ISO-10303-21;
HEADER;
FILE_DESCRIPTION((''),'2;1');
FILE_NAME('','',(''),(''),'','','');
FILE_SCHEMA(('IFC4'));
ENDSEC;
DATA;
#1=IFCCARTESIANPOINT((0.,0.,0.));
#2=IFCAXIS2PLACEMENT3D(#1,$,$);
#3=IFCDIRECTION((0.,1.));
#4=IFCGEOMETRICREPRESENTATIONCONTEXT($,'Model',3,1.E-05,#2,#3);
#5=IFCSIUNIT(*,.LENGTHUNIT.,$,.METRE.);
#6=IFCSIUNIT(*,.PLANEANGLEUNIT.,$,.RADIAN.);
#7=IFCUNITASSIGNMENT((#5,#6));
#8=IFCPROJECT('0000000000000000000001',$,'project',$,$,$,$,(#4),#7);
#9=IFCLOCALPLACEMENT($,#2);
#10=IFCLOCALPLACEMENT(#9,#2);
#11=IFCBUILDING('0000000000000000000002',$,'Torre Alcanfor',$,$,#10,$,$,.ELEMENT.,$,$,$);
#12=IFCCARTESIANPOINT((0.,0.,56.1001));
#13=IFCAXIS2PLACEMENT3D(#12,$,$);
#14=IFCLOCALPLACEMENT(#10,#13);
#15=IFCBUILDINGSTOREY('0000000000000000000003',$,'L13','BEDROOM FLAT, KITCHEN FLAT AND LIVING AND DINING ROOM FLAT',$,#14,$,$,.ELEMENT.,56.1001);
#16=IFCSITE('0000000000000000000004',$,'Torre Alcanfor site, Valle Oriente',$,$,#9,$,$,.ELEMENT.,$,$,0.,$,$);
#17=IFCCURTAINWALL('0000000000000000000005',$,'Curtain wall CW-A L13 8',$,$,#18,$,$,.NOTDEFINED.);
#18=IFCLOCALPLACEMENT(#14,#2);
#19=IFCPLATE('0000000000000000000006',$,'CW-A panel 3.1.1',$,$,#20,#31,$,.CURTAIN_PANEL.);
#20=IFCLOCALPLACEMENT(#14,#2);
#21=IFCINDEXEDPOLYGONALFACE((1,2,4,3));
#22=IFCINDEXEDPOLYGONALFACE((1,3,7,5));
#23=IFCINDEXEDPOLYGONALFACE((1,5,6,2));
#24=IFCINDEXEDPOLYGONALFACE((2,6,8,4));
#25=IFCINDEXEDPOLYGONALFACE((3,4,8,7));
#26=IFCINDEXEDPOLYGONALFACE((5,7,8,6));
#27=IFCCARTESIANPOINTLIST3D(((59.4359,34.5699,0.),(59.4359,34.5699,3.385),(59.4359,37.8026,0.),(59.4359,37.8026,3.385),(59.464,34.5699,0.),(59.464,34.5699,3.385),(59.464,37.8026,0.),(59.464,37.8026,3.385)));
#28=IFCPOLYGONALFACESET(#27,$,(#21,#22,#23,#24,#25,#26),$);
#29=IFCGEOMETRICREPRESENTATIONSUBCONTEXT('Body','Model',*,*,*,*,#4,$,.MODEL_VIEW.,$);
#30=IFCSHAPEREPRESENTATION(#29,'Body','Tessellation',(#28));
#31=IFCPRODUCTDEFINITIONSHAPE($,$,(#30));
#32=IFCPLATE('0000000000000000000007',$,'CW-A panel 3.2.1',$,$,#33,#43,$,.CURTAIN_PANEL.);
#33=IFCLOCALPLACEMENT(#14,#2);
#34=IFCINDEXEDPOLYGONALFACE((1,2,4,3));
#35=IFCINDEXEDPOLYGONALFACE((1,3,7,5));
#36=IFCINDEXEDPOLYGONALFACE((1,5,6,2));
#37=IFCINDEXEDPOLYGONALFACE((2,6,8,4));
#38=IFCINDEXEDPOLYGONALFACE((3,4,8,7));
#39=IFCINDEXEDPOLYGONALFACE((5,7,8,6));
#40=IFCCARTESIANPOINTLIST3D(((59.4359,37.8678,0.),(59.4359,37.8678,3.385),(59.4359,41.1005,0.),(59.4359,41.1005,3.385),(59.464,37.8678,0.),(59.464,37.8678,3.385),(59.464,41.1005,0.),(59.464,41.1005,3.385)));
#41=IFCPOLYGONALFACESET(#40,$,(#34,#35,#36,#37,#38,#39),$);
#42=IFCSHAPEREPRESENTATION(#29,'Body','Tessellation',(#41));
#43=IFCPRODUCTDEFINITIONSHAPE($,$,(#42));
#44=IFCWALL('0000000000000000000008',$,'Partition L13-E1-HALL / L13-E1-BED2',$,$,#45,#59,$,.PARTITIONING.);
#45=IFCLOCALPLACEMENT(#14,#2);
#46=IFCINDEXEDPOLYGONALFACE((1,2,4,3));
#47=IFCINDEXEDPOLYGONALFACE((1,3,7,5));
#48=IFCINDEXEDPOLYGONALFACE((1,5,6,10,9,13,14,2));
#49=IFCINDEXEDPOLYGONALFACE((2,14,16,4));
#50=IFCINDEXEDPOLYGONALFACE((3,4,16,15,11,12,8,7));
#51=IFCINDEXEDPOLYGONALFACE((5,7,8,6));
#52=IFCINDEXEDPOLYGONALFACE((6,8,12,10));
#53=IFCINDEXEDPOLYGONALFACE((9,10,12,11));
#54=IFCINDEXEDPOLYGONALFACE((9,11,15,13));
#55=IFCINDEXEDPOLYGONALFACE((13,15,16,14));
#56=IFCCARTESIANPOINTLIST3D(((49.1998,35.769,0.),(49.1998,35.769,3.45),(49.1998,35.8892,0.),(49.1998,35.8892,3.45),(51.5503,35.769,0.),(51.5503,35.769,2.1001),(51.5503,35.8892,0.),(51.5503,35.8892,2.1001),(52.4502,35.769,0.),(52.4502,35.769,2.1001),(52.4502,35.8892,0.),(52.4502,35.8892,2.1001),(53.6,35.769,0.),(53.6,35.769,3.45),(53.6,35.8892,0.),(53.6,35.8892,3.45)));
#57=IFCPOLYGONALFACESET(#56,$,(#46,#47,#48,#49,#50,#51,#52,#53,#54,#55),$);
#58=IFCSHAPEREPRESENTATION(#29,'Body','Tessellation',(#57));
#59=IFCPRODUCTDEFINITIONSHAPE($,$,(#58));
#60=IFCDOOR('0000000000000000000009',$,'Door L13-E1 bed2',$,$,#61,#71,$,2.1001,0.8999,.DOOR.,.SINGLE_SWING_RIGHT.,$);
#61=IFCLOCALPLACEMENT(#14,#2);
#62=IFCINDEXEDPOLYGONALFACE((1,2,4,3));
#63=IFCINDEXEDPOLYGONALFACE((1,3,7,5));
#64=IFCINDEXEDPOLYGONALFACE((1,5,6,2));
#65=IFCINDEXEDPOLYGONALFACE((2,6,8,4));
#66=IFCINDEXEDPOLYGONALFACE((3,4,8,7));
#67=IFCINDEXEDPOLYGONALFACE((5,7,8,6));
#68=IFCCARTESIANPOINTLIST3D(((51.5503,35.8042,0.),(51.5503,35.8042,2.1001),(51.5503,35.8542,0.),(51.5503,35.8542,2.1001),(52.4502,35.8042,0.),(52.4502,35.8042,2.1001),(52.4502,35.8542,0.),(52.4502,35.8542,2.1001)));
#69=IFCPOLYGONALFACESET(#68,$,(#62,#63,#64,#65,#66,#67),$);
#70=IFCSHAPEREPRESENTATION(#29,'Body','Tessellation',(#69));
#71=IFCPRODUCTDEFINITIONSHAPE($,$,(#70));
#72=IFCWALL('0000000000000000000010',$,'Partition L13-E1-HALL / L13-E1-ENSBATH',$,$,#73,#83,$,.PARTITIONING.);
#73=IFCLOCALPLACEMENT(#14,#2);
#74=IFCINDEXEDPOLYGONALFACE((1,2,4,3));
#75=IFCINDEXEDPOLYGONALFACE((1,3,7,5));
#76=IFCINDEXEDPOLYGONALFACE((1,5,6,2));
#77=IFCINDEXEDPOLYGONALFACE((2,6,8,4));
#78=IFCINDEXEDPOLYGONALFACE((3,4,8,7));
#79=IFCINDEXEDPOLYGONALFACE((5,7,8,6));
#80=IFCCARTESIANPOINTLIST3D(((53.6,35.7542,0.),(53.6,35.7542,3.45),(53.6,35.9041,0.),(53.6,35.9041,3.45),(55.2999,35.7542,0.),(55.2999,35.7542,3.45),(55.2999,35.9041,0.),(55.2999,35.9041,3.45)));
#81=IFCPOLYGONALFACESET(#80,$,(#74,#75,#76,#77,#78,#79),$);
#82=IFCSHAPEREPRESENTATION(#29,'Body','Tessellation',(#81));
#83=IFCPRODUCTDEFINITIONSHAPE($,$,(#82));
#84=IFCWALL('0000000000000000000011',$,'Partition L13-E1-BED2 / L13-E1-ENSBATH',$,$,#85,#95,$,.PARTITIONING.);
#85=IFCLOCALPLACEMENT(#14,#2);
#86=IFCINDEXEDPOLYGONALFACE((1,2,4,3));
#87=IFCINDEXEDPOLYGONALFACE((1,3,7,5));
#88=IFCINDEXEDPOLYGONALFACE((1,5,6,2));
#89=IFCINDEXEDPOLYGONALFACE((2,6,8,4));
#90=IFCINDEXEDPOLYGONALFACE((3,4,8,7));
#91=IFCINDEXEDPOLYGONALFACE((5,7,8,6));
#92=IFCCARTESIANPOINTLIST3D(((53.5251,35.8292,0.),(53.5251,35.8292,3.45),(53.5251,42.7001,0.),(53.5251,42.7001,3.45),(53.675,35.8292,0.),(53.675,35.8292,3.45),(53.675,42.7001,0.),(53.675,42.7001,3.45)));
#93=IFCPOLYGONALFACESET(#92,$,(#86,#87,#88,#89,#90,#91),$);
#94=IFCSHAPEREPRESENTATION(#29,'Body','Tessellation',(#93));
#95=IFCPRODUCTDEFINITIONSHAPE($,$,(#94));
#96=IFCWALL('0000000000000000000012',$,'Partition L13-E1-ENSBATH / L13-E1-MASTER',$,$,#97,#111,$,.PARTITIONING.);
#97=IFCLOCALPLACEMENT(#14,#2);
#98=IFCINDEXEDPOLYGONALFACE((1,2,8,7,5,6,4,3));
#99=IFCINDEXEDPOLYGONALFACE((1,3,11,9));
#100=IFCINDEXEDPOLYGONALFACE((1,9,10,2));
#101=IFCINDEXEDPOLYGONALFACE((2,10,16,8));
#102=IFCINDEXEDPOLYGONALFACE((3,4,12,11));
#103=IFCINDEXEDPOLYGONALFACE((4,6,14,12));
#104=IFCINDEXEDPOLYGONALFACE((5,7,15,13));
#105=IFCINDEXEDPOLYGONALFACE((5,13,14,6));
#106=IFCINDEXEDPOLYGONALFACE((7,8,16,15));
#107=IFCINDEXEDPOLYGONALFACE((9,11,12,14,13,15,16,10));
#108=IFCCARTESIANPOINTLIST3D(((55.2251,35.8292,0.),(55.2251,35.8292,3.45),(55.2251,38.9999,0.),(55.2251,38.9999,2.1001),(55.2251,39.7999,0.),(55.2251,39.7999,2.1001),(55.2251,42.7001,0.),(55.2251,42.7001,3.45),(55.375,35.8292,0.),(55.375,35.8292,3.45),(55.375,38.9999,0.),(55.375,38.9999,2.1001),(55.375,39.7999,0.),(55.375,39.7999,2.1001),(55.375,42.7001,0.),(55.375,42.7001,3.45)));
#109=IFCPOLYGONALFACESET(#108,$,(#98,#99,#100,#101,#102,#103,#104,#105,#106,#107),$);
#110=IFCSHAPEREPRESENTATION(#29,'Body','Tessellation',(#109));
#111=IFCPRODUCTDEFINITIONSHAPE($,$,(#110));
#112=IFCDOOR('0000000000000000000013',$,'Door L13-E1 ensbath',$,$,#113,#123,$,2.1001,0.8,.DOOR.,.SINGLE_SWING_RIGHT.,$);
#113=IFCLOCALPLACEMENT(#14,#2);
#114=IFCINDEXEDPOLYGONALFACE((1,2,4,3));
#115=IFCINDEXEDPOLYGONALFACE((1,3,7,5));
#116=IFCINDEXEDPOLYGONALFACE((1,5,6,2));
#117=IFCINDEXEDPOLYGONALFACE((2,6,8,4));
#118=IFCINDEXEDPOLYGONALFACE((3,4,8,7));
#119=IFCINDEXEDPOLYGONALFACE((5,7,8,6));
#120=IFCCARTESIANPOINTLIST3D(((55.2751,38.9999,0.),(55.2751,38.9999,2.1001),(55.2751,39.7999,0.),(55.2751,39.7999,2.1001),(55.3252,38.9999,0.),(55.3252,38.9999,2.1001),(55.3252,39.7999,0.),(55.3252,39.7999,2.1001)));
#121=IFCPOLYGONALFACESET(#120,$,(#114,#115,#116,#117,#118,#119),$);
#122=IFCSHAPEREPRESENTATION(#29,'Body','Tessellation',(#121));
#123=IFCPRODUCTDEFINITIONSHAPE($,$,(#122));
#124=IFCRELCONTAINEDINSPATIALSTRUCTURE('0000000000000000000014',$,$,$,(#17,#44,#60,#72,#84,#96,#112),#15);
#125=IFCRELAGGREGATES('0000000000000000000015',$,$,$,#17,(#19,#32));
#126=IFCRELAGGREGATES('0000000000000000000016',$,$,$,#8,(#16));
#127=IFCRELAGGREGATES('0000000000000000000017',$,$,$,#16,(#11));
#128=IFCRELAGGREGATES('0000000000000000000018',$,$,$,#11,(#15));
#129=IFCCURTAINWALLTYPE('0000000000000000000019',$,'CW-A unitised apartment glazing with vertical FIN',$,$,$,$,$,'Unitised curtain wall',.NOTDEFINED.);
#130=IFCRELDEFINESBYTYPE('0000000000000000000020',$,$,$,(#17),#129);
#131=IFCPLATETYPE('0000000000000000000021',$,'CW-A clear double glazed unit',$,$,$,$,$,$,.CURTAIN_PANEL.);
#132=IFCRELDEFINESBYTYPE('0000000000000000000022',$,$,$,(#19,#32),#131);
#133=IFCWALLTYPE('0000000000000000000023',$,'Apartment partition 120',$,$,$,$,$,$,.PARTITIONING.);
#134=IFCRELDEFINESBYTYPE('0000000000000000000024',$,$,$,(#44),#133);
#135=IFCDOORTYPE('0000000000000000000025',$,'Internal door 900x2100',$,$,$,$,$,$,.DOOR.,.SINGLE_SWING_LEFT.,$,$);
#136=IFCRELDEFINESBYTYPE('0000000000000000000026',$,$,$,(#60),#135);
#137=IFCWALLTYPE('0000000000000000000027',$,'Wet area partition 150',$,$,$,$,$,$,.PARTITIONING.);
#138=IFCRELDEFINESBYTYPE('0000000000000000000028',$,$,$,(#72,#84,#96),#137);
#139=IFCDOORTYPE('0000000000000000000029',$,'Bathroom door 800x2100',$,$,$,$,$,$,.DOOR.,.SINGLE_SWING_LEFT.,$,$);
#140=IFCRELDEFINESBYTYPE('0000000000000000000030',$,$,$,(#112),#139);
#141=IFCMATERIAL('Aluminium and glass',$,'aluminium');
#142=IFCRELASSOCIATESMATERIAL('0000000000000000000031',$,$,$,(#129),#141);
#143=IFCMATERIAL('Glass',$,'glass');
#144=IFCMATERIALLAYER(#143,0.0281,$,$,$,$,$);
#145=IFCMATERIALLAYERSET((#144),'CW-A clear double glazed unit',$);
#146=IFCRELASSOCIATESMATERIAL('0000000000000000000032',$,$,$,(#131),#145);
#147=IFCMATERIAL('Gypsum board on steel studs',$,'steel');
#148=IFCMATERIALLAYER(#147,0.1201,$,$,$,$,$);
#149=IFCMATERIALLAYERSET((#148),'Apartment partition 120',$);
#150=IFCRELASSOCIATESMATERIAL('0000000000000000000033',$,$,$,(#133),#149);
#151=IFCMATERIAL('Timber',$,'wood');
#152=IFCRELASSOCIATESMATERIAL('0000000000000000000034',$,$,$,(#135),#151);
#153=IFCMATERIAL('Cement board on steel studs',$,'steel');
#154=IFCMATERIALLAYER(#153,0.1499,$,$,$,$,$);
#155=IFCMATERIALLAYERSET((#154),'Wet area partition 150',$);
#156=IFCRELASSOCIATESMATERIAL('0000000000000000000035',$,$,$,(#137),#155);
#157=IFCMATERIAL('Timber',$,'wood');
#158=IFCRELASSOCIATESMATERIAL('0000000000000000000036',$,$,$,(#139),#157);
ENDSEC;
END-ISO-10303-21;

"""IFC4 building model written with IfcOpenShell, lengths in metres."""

from ifc_helpers import new_model, si_unit, direction, frame, frame_2d, origin, origin_2d, place, context, subcontext, project, spatial, rectangle, extrude, material, layer, layer_set, type_object, element, fill, aggregate, save


model = new_model("IFC4")

# Units and contexts
model_context = context("Model", 3, precision=1e-05, world=origin(), true_north=direction((0.0, 1.0)))
body_context = subcontext(model_context, "Body", "Model", "MODEL_VIEW")
ifc_project = project(units=[si_unit("LENGTHUNIT", "METRE"), si_unit("PLANEANGLEUNIT", "RADIAN")], contexts=[model_context])

# Site, building, storey
site_placement = place(None, origin())
site = spatial("IfcSite", under=ifc_project, at=site_placement, Name="Torre Alcanfor site, Valle Oriente", CompositionType="ELEMENT", RefElevation=0.0)
building_placement = place(site_placement, origin())
building = spatial("IfcBuilding", under=site, at=building_placement, Name="Torre Alcanfor", CompositionType="ELEMENT")
storey_placement = place(building_placement, frame((0.0, 0.0, 56.1001)))
storey = spatial("IfcBuildingStorey", under=building, at=storey_placement, Name="L13", Description="BEDROOM FLAT, KITCHEN FLAT AND LIVING AND DINING ROOM FLAT", CompositionType="ELEMENT", Elevation=56.1001)

# Curtain wall
ifc_material_1 = material(Name="Aluminium and glass", Category="aluminium")
curtain_wall_type = type_object("IfcCurtainWallType", Name="CW-A unitised apartment glazing with vertical FIN", ElementType="Unitised curtain wall", PredefinedType="NOTDEFINED", material=ifc_material_1)
curtain_wall_placement = place(storey_placement, origin())
curtain_wall = element("IfcCurtainWall", 1, at=curtain_wall_placement, inside=storey, type_object=curtain_wall_type, Name="Curtain wall CW-A L13 8", PredefinedType="NOTDEFINED")

# Plates
ifc_material_2 = material(Name="Glass", Category="glass")
ifc_layer_1 = layer(ifc_material_2, 0.0281)
ifc_layer_set_1 = layer_set([ifc_layer_1], Name="CW-A clear double glazed unit")
plate_type = type_object("IfcPlateType", Name="CW-A clear double glazed unit", PredefinedType="CURTAIN_PANEL", material=ifc_layer_set_1)
plate_1_placement = place(storey_placement, frame((59.45, 36.1863, 0.0), z_axis=(0.0, 0.0, 1.0), x_axis=(0.0, 1.0, 0.0)))
plate_1 = element("IfcPlate", 2, at=plate_1_placement, type_object=plate_type, Name="CW-A panel 3.1.1", PredefinedType="CURTAIN_PANEL", context=body_context, shape_type="SweptSolid", body=[
    extrude(rectangle(XDim=3.2327, YDim=0.0281, at=origin_2d()), origin(), (0.0, 0.0, 1.0), 3.385),
])
plate_2_placement = place(storey_placement, frame((59.45, 39.4841, 0.0), z_axis=(0.0, 0.0, 1.0), x_axis=(0.0, 1.0, 0.0)))
plate_2 = element("IfcPlate", 3, at=plate_2_placement, type_object=plate_type, Name="CW-A panel 3.2.1", PredefinedType="CURTAIN_PANEL", context=body_context, shape_type="SweptSolid", body=[
    extrude(rectangle(XDim=3.2327, YDim=0.0281, at=origin_2d()), origin(), (0.0, 0.0, 1.0), 3.385),
])
aggregate(curtain_wall, [plate_1, plate_2])

# Wall, opening, door
ifc_material_3 = material(Name="Gypsum board on steel studs", Category="steel")
ifc_layer_2 = layer(ifc_material_3, 0.1201)
ifc_layer_set_2 = layer_set([ifc_layer_2], Name="Apartment partition 120")
wall_type_1 = type_object("IfcWallType", Name="Apartment partition 120", PredefinedType="PARTITIONING", material=ifc_layer_set_2)
wall_1_placement = place(storey_placement, frame((53.6001, 35.8291, 0.0), z_axis=(0.0, 0.0, 1.0), x_axis=(-1.0, 0.0, 0.0)))
wall_1 = element("IfcWall", 4, at=wall_1_placement, inside=storey, type_object=wall_type_1, Name="Partition L13-E1-HALL / L13-E1-BED2", PredefinedType="PARTITIONING", context=body_context, shape_type="SweptSolid", body=[
    extrude(rectangle(XDim=4.4001, YDim=0.1201, at=frame_2d((2.2002, 0.0))), origin(), (0.0, 0.0, 1.0), 3.45),
])
opening_1_placement = place(wall_1_placement, frame((1.1499, 0.0, 0.0)))
opening_1 = element("IfcOpeningElement", 5, at=opening_1_placement, cuts=wall_1, PredefinedType="OPENING", context=body_context, shape_type="SweptSolid", body=[
    extrude(rectangle(XDim=0.8999, YDim=2.1001, at=frame_2d((0.45, 1.05))), frame((0.0, 0.0701, 0.0), z_axis=(0.0, -1.0, 0.0), x_axis=(1.0, 0.0, 0.0)), (0.0, 0.0, 1.0), 0.1401),
])
ifc_material_4 = material(Name="Timber", Category="wood")
door_type_1 = type_object("IfcDoorType", Name="Internal door 900x2100", OperationType="SINGLE_SWING_LEFT", PredefinedType="DOOR", material=ifc_material_4)
door_1_placement = place(opening_1_placement, frame((0.8999, 0.0, 0.0), z_axis=(0.0, 0.0, 1.0), x_axis=(-1.0, 0.0, 0.0)))
door_1 = element("IfcDoor", 6, at=door_1_placement, inside=storey, type_object=door_type_1, Name="Door L13-E1 bed2", OperationType="SINGLE_SWING_RIGHT", OverallHeight=2.1001, OverallWidth=0.8999, PredefinedType="DOOR", context=body_context, shape_type="SweptSolid", body=[
    extrude(rectangle(XDim=0.8999, YDim=2.1001, at=frame_2d((0.45, 1.05))), frame((0.0, 0.0251, 0.0), z_axis=(0.0, -1.0, 0.0), x_axis=(1.0, 0.0, 0.0)), (0.0, 0.0, 1.0), 0.05),
])
fill(opening_1, door_1)

# Walls
ifc_material_5 = material(Name="Cement board on steel studs", Category="steel")
ifc_layer_3 = layer(ifc_material_5, 0.1499)
ifc_layer_set_3 = layer_set([ifc_layer_3], Name="Wet area partition 150")
wall_type_2 = type_object("IfcWallType", Name="Wet area partition 150", PredefinedType="PARTITIONING", material=ifc_layer_set_3)
wall_2_placement = place(storey_placement, frame((55.3, 35.8291, 0.0), z_axis=(0.0, 0.0, 1.0), x_axis=(-1.0, 0.0, 0.0)))
element("IfcWall", 7, at=wall_2_placement, inside=storey, type_object=wall_type_2, Name="Partition L13-E1-HALL / L13-E1-ENSBATH", PredefinedType="PARTITIONING", context=body_context, shape_type="SweptSolid", body=[
    extrude(rectangle(XDim=1.7, YDim=0.1499, at=frame_2d((0.8501, 0.0))), origin(), (0.0, 0.0, 1.0), 3.45),
])
wall_3_placement = place(storey_placement, frame((53.6001, 35.8291, 0.0), z_axis=(0.0, 0.0, 1.0), x_axis=(0.0, 1.0, 0.0)))
element("IfcWall", 8, at=wall_3_placement, inside=storey, type_object=wall_type_2, Name="Partition L13-E1-BED2 / L13-E1-ENSBATH", PredefinedType="PARTITIONING", context=body_context, shape_type="SweptSolid", body=[
    extrude(rectangle(XDim=6.8708, YDim=0.1499, at=frame_2d((3.4355, 0.0))), origin(), (0.0, 0.0, 1.0), 3.45),
])

# Wall, opening, door
wall_4_placement = place(storey_placement, frame((55.3, 35.8291, 0.0), z_axis=(0.0, 0.0, 1.0), x_axis=(0.0, 1.0, 0.0)))
wall_4 = element("IfcWall", 9, at=wall_4_placement, inside=storey, type_object=wall_type_2, Name="Partition L13-E1-ENSBATH / L13-E1-MASTER", PredefinedType="PARTITIONING", context=body_context, shape_type="SweptSolid", body=[
    extrude(rectangle(XDim=6.8708, YDim=0.1499, at=frame_2d((3.4355, 0.0))), origin(), (0.0, 0.0, 1.0), 3.45),
])
opening_2_placement = place(wall_4_placement, frame((3.1709, 0.0, 0.0)))
opening_2 = element("IfcOpeningElement", 10, at=opening_2_placement, cuts=wall_4, PredefinedType="OPENING", context=body_context, shape_type="SweptSolid", body=[
    extrude(rectangle(XDim=0.8, YDim=2.1001, at=frame_2d((0.3999, 1.05))), frame((0.0, 0.085, 0.0), z_axis=(0.0, -1.0, 0.0), x_axis=(1.0, 0.0, 0.0)), (0.0, 0.0, 1.0), 0.1699),
])
ifc_material_6 = material(Name="Timber", Category="wood")
door_type_2 = type_object("IfcDoorType", Name="Bathroom door 800x2100", OperationType="SINGLE_SWING_LEFT", PredefinedType="DOOR", material=ifc_material_6)
door_2_placement = place(opening_2_placement, origin())
door_2 = element("IfcDoor", 11, at=door_2_placement, inside=storey, type_object=door_type_2, Name="Door L13-E1 ensbath", OperationType="SINGLE_SWING_RIGHT", OverallHeight=2.1001, OverallWidth=0.8, PredefinedType="DOOR", context=body_context, shape_type="SweptSolid", body=[
    extrude(rectangle(XDim=0.8, YDim=2.1001, at=frame_2d((0.3999, 1.05))), frame((0.0, 0.0249, 0.0), z_axis=(0.0, -1.0, 0.0), x_axis=(1.0, 0.0, 0.0)), (0.0, 0.0, 1.0), 0.05),
])
fill(opening_2, door_2)

save(model, "model.ifc")
